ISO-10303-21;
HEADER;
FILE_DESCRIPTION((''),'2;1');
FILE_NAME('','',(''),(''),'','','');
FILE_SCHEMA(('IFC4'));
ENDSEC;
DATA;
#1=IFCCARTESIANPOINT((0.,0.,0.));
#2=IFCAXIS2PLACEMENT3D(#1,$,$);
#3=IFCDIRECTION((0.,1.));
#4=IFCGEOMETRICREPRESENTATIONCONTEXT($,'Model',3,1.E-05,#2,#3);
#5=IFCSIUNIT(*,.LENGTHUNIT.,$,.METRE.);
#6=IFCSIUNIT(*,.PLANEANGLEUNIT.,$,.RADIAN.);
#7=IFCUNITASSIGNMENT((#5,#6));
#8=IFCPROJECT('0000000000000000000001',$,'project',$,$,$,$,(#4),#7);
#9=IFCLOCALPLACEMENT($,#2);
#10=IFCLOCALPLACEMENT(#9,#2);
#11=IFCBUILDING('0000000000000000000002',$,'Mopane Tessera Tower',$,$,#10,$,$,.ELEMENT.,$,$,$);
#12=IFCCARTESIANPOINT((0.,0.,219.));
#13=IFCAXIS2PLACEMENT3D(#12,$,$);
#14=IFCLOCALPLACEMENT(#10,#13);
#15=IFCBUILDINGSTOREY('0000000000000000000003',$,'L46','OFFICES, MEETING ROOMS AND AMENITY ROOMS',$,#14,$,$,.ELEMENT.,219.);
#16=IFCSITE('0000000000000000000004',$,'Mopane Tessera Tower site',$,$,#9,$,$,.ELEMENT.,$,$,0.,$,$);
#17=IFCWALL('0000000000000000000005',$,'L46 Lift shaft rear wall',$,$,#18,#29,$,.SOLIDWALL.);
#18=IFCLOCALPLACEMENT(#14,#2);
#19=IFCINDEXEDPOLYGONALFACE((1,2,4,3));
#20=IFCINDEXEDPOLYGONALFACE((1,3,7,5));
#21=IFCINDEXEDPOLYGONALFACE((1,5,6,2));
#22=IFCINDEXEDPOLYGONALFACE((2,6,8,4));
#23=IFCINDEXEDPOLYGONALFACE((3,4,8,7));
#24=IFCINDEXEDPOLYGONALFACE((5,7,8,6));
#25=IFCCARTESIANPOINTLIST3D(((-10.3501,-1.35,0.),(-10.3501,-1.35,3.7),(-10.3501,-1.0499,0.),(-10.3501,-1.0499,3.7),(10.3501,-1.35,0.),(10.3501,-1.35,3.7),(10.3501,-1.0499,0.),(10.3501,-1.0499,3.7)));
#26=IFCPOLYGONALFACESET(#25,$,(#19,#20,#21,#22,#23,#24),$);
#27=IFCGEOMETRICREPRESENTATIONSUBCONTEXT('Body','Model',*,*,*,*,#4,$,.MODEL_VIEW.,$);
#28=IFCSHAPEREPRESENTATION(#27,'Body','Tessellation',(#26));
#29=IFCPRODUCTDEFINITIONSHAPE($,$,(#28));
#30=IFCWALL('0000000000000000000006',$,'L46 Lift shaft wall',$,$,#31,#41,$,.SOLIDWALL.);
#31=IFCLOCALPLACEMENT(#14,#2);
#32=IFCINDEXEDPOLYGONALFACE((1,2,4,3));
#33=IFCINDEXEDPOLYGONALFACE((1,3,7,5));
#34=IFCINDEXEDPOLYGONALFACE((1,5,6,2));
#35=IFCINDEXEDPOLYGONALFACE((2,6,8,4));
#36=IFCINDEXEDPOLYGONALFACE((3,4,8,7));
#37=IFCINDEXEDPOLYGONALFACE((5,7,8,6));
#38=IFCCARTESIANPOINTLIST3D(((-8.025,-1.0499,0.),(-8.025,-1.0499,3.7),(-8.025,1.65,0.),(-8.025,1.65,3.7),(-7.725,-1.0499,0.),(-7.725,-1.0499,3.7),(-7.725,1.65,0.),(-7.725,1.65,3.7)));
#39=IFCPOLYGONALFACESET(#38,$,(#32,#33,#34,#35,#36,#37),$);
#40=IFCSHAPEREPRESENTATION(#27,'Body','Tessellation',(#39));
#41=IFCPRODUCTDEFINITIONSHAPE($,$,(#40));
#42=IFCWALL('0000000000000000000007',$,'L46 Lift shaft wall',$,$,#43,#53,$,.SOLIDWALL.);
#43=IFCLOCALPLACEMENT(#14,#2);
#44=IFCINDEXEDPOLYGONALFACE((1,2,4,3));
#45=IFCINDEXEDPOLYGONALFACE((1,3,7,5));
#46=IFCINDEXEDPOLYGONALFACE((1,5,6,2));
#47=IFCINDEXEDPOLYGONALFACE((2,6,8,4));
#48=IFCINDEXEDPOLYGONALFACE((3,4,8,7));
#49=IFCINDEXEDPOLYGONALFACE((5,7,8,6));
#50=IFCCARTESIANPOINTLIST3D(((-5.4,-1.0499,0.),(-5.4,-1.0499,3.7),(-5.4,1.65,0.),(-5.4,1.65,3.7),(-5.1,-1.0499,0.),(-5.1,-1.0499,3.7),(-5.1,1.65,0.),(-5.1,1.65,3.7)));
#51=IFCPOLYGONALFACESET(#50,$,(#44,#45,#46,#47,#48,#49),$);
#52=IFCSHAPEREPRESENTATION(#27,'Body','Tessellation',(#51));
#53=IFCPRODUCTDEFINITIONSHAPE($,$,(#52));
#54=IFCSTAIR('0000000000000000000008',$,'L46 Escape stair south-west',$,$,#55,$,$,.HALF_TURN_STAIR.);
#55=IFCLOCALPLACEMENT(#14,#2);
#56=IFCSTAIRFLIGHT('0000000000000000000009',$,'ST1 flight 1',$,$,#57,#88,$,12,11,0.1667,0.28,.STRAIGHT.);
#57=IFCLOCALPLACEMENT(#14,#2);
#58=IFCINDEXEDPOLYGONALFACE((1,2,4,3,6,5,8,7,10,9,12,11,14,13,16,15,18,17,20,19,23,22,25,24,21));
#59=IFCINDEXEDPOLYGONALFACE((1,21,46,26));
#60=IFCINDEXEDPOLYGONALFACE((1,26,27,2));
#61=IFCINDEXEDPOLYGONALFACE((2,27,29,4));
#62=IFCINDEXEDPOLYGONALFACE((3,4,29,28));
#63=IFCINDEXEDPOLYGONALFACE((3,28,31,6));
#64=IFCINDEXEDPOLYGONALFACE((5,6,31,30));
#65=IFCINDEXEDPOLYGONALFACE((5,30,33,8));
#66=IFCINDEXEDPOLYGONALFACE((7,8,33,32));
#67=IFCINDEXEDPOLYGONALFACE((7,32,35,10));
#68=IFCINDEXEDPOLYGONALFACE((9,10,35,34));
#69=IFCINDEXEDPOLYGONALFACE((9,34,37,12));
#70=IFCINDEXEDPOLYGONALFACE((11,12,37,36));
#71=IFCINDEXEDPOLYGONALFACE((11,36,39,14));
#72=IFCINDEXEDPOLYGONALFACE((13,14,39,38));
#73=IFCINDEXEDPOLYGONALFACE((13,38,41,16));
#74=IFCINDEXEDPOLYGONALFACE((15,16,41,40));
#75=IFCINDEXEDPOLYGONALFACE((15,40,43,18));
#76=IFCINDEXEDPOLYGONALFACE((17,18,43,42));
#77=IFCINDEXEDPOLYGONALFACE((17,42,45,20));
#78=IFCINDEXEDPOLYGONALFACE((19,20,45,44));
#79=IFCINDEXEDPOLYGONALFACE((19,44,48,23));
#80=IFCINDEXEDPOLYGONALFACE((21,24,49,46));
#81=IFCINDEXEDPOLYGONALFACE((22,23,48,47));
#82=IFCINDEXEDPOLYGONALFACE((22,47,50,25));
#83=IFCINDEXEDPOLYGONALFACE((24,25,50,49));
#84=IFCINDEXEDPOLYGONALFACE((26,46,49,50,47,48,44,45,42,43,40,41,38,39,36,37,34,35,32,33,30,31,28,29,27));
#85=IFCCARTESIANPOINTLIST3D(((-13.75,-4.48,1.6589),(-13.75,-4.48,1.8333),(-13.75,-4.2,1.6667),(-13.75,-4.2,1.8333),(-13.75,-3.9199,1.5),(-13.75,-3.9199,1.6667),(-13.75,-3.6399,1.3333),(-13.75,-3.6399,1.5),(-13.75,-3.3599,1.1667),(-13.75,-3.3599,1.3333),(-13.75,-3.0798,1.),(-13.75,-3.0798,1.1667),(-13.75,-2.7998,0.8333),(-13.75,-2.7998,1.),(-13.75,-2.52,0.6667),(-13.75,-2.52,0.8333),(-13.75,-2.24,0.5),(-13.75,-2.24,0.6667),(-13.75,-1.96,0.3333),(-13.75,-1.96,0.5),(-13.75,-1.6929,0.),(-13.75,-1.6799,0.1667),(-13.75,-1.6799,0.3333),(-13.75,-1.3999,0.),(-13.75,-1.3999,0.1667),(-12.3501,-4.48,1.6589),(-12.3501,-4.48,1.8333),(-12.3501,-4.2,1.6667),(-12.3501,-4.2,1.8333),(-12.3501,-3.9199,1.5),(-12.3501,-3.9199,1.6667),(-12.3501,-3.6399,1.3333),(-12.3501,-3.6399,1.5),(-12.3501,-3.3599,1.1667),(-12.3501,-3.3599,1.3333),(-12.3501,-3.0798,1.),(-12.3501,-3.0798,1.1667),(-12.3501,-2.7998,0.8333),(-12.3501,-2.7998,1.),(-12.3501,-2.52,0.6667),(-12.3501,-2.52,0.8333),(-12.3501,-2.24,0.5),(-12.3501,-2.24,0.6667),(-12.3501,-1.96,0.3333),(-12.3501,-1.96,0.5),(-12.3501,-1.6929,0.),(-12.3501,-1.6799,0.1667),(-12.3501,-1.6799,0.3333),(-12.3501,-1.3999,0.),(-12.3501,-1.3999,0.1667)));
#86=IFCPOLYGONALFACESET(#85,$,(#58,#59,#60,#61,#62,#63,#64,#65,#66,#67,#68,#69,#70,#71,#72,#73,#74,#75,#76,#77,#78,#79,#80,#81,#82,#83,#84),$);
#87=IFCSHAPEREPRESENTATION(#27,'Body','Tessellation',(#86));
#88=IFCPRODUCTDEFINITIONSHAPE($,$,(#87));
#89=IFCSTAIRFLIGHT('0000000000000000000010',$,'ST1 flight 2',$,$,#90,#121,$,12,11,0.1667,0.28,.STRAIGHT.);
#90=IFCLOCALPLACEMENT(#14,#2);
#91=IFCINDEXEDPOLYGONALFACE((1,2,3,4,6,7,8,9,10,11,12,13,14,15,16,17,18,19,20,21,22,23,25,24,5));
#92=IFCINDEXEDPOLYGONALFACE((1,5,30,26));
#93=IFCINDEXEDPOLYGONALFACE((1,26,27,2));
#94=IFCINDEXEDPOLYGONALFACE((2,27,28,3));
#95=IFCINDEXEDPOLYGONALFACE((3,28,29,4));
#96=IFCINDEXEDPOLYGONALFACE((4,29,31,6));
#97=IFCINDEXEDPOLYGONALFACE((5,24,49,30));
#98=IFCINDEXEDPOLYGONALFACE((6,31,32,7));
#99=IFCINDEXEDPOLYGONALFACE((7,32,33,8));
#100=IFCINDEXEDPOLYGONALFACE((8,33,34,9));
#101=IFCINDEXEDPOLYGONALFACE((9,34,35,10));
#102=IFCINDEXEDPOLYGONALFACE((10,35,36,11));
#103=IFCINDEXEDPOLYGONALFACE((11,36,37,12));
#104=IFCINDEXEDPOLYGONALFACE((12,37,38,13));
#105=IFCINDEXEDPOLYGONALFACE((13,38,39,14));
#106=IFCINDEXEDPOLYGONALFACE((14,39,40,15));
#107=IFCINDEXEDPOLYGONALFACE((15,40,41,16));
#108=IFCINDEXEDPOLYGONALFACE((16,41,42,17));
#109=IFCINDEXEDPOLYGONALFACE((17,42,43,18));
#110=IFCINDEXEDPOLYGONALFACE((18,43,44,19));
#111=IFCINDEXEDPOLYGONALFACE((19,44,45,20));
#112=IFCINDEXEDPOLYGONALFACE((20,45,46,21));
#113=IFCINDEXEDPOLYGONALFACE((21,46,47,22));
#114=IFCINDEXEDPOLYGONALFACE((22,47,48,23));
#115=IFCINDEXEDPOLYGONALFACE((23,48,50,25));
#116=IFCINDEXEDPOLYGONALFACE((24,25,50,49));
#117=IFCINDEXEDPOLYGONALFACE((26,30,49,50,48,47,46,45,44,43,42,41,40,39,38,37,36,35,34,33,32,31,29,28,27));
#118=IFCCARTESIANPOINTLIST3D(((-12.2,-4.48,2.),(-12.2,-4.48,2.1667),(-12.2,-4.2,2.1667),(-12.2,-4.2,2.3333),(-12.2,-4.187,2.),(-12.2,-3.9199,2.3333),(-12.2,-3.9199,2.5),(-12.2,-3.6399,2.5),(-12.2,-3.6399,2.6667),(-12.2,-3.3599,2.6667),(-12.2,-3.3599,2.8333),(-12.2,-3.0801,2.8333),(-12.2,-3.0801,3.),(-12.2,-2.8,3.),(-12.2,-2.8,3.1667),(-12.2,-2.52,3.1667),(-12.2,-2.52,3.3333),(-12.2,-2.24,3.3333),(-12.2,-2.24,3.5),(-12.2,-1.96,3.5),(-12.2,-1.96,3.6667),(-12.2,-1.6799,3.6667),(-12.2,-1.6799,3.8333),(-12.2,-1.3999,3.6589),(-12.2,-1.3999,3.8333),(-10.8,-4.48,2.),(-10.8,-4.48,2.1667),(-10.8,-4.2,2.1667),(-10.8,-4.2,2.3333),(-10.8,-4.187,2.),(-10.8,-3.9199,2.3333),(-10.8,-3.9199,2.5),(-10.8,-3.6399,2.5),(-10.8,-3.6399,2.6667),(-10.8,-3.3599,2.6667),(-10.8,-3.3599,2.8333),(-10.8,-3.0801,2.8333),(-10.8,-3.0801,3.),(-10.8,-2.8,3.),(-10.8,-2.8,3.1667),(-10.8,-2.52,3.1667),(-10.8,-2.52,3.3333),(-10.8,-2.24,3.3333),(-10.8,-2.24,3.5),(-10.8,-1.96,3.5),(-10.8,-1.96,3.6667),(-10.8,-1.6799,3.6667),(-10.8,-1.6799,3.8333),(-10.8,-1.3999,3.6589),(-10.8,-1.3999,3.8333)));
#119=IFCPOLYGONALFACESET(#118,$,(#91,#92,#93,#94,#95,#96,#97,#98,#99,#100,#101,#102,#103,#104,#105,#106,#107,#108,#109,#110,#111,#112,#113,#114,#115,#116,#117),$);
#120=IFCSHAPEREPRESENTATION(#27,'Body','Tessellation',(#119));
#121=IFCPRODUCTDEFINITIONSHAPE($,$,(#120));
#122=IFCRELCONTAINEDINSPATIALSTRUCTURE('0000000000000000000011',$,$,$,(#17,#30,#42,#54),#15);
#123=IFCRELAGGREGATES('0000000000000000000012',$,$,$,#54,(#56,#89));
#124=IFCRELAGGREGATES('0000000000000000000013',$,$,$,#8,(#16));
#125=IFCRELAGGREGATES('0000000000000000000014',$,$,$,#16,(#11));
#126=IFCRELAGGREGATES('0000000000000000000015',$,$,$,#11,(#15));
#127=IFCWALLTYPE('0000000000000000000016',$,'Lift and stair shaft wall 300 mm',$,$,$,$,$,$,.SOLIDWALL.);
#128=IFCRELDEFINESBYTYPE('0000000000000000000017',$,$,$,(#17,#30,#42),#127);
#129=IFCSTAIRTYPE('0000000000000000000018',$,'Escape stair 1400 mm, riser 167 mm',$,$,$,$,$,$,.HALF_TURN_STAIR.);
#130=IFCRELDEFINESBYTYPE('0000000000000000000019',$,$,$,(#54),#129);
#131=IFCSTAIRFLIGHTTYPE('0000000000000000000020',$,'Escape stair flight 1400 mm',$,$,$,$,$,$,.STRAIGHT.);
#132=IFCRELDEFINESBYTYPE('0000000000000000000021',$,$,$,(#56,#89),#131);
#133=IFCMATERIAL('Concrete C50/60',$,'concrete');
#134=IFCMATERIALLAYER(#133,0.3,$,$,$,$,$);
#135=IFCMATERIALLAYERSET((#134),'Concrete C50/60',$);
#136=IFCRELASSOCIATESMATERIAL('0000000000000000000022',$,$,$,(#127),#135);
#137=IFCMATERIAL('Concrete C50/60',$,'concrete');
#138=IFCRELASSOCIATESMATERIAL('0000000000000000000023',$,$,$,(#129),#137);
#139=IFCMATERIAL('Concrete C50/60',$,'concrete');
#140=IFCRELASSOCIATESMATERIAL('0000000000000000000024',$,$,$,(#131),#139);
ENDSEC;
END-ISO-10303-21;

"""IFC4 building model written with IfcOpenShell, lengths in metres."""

from ifc_helpers import new_model, si_unit, direction, frame, frame_2d, origin, place, context, subcontext, project, spatial, polyline, rectangle, outline, extrude, material, layer, layer_set, type_object, element, aggregate, save


model = new_model("IFC4")

# Units and contexts
model_context = context("Model", 3, precision=1e-05, world=origin(), true_north=direction((0.0, 1.0)))
body_context = subcontext(model_context, "Body", "Model", "MODEL_VIEW")
ifc_project = project(units=[si_unit("LENGTHUNIT", "METRE"), si_unit("PLANEANGLEUNIT", "RADIAN")], contexts=[model_context])

# Site, building, storey
site_placement = place(None, origin())
site = spatial("IfcSite", under=ifc_project, at=site_placement, Name="Mopane Tessera Tower site", CompositionType="ELEMENT", RefElevation=0.0)
building_placement = place(site_placement, origin())
building = spatial("IfcBuilding", under=site, at=building_placement, Name="Mopane Tessera Tower", CompositionType="ELEMENT")
storey_placement = place(building_placement, frame((0.0, 0.0, 219.0)))
storey = spatial("IfcBuildingStorey", under=building, at=storey_placement, Name="L46", Description="OFFICES, MEETING ROOMS AND AMENITY ROOMS", CompositionType="ELEMENT", Elevation=219.0)

# Walls
ifc_material_1 = material(Name="Concrete C50/60", Category="concrete")
ifc_layer_1 = layer(ifc_material_1, 0.3)
ifc_layer_set_1 = layer_set([ifc_layer_1], Name="Concrete C50/60")
wall_type_1 = type_object("IfcWallType", Name="Lift and stair shaft wall 300 mm", PredefinedType="SOLIDWALL", material=ifc_layer_set_1)
wall_1_placement = place(storey_placement, frame((-10.3501, -1.2, 0.0), z_axis=(0.0, 0.0, 1.0), x_axis=(1.0, 0.0, 0.0)))
element("IfcWall", 1, at=wall_1_placement, inside=storey, type_object=wall_type_1, Name="L46 Lift shaft rear wall", PredefinedType="SOLIDWALL", context=body_context, shape_type="SweptSolid", body=[
    extrude(rectangle(XDim=20.7002, YDim=0.3, at=frame_2d((10.3501, 0.0))), origin(), (0.0, 0.0, 1.0), 3.7),
])
for number, where, z_axis, x_axis, name in (
    (2, (-7.875, -1.05, 0.0), (0.0, 0.0, 1.0), (0.0, 1.0, 0.0), "L46 Lift shaft wall"),
    (3, (-5.25, -1.05, 0.0), (0.0, 0.0, 1.0), (0.0, 1.0, 0.0), "L46 Lift shaft wall"),
):
    element("IfcWall", number, at=place(storey_placement, frame(where, z_axis=z_axis, x_axis=x_axis)), inside=storey, type_object=wall_type_1, Name=name, PredefinedType="SOLIDWALL", context=body_context, shape_type="SweptSolid", body=[
        extrude(rectangle(XDim=2.7, YDim=0.3, at=frame_2d((1.3501, 0.0))), origin(), (0.0, 0.0, 1.0), 3.7),
    ])

# Stair, stair flights
ifc_material_2 = material(Name="Concrete C50/60", Category="concrete")
stair_type = type_object("IfcStairType", Name="Escape stair 1400 mm, riser 167 mm", PredefinedType="HALF_TURN_STAIR", material=ifc_material_2)
stair_placement = place(storey_placement, origin())
stair = element("IfcStair", 4, at=stair_placement, inside=storey, type_object=stair_type, Name="L46 Escape stair south-west", PredefinedType="HALF_TURN_STAIR")
ifc_material_3 = material(Name="Concrete C50/60", Category="concrete")
stair_flight_type = type_object("IfcStairFlightType", Name="Escape stair flight 1400 mm", PredefinedType="STRAIGHT", material=ifc_material_3)
stair_flight_1_placement = place(storey_placement, frame((-13.05, -1.3999, 0.0), z_axis=(0.0, 0.0, 1.0), x_axis=(0.0, -1.0, 0.0)))
stair_flight_1 = element("IfcStairFlight", 5, at=stair_flight_1_placement, type_object=stair_flight_type, Name="ST1 flight 1", NumberOfRisers=12, NumberOfTreads=11, PredefinedType="STRAIGHT", RiserHeight=0.1667, TreadLength=0.28, context=body_context, shape_type="SweptSolid", body=[
    extrude(outline(polyline([(0.0, 0.0), (0.0, 0.1667), (0.28, 0.1667), (0.28, 0.3333), (0.5601, 0.3333), (0.5601, 0.5), (0.8401, 0.5), (0.8401, 0.6667), (1.1201, 0.6667), (1.1201, 0.8333), (1.3999, 0.8333), (1.3999, 1.0), (1.6799, 1.0), (1.6799, 1.1667), (1.96, 1.1667), (1.96, 1.3333), (2.24, 1.3333), (2.24, 1.5), (2.52, 1.5), (2.52, 1.6667), (2.8, 1.6667), (2.8, 1.8333), (3.0801, 1.8333), (3.0801, 2.0), (3.0801, 1.6589), (0.293, 0.0), (0.0, 0.0)])), frame((0.0, 0.7, 0.0), z_axis=(0.0, -1.0, 0.0), x_axis=(1.0, 0.0, 0.0)), (0.0, 0.0, 1.0), 1.3999),
])
stair_flight_2_placement = place(storey_placement, frame((-11.5, -4.48, 2.0), z_axis=(0.0, 0.0, 1.0), x_axis=(0.0, 1.0, 0.0)))
stair_flight_2 = element("IfcStairFlight", 6, at=stair_flight_2_placement, type_object=stair_flight_type, Name="ST1 flight 2", NumberOfRisers=12, NumberOfTreads=11, PredefinedType="STRAIGHT", RiserHeight=0.1667, TreadLength=0.28, context=body_context, shape_type="SweptSolid", body=[
    extrude(outline(polyline([(0.0, 0.0), (0.0, 0.1667), (0.28, 0.1667), (0.28, 0.3333), (0.5601, 0.3333), (0.5601, 0.5), (0.8401, 0.5), (0.8401, 0.6667), (1.1201, 0.6667), (1.1201, 0.8333), (1.3999, 0.8333), (1.3999, 1.0), (1.6799, 1.0), (1.6799, 1.1667), (1.96, 1.1667), (1.96, 1.3333), (2.24, 1.3333), (2.24, 1.5), (2.52, 1.5), (2.52, 1.6667), (2.8, 1.6667), (2.8, 1.8333), (3.0801, 1.8333), (3.0801, 2.0), (3.0801, 1.6589), (0.293, 0.0), (0.0, 0.0)])), frame((0.0, 0.7, 0.0), z_axis=(0.0, -1.0, 0.0), x_axis=(1.0, 0.0, 0.0)), (0.0, 0.0, 1.0), 1.3999),
])
aggregate(stair, [stair_flight_1, stair_flight_2])

save(model, "model.ifc")
